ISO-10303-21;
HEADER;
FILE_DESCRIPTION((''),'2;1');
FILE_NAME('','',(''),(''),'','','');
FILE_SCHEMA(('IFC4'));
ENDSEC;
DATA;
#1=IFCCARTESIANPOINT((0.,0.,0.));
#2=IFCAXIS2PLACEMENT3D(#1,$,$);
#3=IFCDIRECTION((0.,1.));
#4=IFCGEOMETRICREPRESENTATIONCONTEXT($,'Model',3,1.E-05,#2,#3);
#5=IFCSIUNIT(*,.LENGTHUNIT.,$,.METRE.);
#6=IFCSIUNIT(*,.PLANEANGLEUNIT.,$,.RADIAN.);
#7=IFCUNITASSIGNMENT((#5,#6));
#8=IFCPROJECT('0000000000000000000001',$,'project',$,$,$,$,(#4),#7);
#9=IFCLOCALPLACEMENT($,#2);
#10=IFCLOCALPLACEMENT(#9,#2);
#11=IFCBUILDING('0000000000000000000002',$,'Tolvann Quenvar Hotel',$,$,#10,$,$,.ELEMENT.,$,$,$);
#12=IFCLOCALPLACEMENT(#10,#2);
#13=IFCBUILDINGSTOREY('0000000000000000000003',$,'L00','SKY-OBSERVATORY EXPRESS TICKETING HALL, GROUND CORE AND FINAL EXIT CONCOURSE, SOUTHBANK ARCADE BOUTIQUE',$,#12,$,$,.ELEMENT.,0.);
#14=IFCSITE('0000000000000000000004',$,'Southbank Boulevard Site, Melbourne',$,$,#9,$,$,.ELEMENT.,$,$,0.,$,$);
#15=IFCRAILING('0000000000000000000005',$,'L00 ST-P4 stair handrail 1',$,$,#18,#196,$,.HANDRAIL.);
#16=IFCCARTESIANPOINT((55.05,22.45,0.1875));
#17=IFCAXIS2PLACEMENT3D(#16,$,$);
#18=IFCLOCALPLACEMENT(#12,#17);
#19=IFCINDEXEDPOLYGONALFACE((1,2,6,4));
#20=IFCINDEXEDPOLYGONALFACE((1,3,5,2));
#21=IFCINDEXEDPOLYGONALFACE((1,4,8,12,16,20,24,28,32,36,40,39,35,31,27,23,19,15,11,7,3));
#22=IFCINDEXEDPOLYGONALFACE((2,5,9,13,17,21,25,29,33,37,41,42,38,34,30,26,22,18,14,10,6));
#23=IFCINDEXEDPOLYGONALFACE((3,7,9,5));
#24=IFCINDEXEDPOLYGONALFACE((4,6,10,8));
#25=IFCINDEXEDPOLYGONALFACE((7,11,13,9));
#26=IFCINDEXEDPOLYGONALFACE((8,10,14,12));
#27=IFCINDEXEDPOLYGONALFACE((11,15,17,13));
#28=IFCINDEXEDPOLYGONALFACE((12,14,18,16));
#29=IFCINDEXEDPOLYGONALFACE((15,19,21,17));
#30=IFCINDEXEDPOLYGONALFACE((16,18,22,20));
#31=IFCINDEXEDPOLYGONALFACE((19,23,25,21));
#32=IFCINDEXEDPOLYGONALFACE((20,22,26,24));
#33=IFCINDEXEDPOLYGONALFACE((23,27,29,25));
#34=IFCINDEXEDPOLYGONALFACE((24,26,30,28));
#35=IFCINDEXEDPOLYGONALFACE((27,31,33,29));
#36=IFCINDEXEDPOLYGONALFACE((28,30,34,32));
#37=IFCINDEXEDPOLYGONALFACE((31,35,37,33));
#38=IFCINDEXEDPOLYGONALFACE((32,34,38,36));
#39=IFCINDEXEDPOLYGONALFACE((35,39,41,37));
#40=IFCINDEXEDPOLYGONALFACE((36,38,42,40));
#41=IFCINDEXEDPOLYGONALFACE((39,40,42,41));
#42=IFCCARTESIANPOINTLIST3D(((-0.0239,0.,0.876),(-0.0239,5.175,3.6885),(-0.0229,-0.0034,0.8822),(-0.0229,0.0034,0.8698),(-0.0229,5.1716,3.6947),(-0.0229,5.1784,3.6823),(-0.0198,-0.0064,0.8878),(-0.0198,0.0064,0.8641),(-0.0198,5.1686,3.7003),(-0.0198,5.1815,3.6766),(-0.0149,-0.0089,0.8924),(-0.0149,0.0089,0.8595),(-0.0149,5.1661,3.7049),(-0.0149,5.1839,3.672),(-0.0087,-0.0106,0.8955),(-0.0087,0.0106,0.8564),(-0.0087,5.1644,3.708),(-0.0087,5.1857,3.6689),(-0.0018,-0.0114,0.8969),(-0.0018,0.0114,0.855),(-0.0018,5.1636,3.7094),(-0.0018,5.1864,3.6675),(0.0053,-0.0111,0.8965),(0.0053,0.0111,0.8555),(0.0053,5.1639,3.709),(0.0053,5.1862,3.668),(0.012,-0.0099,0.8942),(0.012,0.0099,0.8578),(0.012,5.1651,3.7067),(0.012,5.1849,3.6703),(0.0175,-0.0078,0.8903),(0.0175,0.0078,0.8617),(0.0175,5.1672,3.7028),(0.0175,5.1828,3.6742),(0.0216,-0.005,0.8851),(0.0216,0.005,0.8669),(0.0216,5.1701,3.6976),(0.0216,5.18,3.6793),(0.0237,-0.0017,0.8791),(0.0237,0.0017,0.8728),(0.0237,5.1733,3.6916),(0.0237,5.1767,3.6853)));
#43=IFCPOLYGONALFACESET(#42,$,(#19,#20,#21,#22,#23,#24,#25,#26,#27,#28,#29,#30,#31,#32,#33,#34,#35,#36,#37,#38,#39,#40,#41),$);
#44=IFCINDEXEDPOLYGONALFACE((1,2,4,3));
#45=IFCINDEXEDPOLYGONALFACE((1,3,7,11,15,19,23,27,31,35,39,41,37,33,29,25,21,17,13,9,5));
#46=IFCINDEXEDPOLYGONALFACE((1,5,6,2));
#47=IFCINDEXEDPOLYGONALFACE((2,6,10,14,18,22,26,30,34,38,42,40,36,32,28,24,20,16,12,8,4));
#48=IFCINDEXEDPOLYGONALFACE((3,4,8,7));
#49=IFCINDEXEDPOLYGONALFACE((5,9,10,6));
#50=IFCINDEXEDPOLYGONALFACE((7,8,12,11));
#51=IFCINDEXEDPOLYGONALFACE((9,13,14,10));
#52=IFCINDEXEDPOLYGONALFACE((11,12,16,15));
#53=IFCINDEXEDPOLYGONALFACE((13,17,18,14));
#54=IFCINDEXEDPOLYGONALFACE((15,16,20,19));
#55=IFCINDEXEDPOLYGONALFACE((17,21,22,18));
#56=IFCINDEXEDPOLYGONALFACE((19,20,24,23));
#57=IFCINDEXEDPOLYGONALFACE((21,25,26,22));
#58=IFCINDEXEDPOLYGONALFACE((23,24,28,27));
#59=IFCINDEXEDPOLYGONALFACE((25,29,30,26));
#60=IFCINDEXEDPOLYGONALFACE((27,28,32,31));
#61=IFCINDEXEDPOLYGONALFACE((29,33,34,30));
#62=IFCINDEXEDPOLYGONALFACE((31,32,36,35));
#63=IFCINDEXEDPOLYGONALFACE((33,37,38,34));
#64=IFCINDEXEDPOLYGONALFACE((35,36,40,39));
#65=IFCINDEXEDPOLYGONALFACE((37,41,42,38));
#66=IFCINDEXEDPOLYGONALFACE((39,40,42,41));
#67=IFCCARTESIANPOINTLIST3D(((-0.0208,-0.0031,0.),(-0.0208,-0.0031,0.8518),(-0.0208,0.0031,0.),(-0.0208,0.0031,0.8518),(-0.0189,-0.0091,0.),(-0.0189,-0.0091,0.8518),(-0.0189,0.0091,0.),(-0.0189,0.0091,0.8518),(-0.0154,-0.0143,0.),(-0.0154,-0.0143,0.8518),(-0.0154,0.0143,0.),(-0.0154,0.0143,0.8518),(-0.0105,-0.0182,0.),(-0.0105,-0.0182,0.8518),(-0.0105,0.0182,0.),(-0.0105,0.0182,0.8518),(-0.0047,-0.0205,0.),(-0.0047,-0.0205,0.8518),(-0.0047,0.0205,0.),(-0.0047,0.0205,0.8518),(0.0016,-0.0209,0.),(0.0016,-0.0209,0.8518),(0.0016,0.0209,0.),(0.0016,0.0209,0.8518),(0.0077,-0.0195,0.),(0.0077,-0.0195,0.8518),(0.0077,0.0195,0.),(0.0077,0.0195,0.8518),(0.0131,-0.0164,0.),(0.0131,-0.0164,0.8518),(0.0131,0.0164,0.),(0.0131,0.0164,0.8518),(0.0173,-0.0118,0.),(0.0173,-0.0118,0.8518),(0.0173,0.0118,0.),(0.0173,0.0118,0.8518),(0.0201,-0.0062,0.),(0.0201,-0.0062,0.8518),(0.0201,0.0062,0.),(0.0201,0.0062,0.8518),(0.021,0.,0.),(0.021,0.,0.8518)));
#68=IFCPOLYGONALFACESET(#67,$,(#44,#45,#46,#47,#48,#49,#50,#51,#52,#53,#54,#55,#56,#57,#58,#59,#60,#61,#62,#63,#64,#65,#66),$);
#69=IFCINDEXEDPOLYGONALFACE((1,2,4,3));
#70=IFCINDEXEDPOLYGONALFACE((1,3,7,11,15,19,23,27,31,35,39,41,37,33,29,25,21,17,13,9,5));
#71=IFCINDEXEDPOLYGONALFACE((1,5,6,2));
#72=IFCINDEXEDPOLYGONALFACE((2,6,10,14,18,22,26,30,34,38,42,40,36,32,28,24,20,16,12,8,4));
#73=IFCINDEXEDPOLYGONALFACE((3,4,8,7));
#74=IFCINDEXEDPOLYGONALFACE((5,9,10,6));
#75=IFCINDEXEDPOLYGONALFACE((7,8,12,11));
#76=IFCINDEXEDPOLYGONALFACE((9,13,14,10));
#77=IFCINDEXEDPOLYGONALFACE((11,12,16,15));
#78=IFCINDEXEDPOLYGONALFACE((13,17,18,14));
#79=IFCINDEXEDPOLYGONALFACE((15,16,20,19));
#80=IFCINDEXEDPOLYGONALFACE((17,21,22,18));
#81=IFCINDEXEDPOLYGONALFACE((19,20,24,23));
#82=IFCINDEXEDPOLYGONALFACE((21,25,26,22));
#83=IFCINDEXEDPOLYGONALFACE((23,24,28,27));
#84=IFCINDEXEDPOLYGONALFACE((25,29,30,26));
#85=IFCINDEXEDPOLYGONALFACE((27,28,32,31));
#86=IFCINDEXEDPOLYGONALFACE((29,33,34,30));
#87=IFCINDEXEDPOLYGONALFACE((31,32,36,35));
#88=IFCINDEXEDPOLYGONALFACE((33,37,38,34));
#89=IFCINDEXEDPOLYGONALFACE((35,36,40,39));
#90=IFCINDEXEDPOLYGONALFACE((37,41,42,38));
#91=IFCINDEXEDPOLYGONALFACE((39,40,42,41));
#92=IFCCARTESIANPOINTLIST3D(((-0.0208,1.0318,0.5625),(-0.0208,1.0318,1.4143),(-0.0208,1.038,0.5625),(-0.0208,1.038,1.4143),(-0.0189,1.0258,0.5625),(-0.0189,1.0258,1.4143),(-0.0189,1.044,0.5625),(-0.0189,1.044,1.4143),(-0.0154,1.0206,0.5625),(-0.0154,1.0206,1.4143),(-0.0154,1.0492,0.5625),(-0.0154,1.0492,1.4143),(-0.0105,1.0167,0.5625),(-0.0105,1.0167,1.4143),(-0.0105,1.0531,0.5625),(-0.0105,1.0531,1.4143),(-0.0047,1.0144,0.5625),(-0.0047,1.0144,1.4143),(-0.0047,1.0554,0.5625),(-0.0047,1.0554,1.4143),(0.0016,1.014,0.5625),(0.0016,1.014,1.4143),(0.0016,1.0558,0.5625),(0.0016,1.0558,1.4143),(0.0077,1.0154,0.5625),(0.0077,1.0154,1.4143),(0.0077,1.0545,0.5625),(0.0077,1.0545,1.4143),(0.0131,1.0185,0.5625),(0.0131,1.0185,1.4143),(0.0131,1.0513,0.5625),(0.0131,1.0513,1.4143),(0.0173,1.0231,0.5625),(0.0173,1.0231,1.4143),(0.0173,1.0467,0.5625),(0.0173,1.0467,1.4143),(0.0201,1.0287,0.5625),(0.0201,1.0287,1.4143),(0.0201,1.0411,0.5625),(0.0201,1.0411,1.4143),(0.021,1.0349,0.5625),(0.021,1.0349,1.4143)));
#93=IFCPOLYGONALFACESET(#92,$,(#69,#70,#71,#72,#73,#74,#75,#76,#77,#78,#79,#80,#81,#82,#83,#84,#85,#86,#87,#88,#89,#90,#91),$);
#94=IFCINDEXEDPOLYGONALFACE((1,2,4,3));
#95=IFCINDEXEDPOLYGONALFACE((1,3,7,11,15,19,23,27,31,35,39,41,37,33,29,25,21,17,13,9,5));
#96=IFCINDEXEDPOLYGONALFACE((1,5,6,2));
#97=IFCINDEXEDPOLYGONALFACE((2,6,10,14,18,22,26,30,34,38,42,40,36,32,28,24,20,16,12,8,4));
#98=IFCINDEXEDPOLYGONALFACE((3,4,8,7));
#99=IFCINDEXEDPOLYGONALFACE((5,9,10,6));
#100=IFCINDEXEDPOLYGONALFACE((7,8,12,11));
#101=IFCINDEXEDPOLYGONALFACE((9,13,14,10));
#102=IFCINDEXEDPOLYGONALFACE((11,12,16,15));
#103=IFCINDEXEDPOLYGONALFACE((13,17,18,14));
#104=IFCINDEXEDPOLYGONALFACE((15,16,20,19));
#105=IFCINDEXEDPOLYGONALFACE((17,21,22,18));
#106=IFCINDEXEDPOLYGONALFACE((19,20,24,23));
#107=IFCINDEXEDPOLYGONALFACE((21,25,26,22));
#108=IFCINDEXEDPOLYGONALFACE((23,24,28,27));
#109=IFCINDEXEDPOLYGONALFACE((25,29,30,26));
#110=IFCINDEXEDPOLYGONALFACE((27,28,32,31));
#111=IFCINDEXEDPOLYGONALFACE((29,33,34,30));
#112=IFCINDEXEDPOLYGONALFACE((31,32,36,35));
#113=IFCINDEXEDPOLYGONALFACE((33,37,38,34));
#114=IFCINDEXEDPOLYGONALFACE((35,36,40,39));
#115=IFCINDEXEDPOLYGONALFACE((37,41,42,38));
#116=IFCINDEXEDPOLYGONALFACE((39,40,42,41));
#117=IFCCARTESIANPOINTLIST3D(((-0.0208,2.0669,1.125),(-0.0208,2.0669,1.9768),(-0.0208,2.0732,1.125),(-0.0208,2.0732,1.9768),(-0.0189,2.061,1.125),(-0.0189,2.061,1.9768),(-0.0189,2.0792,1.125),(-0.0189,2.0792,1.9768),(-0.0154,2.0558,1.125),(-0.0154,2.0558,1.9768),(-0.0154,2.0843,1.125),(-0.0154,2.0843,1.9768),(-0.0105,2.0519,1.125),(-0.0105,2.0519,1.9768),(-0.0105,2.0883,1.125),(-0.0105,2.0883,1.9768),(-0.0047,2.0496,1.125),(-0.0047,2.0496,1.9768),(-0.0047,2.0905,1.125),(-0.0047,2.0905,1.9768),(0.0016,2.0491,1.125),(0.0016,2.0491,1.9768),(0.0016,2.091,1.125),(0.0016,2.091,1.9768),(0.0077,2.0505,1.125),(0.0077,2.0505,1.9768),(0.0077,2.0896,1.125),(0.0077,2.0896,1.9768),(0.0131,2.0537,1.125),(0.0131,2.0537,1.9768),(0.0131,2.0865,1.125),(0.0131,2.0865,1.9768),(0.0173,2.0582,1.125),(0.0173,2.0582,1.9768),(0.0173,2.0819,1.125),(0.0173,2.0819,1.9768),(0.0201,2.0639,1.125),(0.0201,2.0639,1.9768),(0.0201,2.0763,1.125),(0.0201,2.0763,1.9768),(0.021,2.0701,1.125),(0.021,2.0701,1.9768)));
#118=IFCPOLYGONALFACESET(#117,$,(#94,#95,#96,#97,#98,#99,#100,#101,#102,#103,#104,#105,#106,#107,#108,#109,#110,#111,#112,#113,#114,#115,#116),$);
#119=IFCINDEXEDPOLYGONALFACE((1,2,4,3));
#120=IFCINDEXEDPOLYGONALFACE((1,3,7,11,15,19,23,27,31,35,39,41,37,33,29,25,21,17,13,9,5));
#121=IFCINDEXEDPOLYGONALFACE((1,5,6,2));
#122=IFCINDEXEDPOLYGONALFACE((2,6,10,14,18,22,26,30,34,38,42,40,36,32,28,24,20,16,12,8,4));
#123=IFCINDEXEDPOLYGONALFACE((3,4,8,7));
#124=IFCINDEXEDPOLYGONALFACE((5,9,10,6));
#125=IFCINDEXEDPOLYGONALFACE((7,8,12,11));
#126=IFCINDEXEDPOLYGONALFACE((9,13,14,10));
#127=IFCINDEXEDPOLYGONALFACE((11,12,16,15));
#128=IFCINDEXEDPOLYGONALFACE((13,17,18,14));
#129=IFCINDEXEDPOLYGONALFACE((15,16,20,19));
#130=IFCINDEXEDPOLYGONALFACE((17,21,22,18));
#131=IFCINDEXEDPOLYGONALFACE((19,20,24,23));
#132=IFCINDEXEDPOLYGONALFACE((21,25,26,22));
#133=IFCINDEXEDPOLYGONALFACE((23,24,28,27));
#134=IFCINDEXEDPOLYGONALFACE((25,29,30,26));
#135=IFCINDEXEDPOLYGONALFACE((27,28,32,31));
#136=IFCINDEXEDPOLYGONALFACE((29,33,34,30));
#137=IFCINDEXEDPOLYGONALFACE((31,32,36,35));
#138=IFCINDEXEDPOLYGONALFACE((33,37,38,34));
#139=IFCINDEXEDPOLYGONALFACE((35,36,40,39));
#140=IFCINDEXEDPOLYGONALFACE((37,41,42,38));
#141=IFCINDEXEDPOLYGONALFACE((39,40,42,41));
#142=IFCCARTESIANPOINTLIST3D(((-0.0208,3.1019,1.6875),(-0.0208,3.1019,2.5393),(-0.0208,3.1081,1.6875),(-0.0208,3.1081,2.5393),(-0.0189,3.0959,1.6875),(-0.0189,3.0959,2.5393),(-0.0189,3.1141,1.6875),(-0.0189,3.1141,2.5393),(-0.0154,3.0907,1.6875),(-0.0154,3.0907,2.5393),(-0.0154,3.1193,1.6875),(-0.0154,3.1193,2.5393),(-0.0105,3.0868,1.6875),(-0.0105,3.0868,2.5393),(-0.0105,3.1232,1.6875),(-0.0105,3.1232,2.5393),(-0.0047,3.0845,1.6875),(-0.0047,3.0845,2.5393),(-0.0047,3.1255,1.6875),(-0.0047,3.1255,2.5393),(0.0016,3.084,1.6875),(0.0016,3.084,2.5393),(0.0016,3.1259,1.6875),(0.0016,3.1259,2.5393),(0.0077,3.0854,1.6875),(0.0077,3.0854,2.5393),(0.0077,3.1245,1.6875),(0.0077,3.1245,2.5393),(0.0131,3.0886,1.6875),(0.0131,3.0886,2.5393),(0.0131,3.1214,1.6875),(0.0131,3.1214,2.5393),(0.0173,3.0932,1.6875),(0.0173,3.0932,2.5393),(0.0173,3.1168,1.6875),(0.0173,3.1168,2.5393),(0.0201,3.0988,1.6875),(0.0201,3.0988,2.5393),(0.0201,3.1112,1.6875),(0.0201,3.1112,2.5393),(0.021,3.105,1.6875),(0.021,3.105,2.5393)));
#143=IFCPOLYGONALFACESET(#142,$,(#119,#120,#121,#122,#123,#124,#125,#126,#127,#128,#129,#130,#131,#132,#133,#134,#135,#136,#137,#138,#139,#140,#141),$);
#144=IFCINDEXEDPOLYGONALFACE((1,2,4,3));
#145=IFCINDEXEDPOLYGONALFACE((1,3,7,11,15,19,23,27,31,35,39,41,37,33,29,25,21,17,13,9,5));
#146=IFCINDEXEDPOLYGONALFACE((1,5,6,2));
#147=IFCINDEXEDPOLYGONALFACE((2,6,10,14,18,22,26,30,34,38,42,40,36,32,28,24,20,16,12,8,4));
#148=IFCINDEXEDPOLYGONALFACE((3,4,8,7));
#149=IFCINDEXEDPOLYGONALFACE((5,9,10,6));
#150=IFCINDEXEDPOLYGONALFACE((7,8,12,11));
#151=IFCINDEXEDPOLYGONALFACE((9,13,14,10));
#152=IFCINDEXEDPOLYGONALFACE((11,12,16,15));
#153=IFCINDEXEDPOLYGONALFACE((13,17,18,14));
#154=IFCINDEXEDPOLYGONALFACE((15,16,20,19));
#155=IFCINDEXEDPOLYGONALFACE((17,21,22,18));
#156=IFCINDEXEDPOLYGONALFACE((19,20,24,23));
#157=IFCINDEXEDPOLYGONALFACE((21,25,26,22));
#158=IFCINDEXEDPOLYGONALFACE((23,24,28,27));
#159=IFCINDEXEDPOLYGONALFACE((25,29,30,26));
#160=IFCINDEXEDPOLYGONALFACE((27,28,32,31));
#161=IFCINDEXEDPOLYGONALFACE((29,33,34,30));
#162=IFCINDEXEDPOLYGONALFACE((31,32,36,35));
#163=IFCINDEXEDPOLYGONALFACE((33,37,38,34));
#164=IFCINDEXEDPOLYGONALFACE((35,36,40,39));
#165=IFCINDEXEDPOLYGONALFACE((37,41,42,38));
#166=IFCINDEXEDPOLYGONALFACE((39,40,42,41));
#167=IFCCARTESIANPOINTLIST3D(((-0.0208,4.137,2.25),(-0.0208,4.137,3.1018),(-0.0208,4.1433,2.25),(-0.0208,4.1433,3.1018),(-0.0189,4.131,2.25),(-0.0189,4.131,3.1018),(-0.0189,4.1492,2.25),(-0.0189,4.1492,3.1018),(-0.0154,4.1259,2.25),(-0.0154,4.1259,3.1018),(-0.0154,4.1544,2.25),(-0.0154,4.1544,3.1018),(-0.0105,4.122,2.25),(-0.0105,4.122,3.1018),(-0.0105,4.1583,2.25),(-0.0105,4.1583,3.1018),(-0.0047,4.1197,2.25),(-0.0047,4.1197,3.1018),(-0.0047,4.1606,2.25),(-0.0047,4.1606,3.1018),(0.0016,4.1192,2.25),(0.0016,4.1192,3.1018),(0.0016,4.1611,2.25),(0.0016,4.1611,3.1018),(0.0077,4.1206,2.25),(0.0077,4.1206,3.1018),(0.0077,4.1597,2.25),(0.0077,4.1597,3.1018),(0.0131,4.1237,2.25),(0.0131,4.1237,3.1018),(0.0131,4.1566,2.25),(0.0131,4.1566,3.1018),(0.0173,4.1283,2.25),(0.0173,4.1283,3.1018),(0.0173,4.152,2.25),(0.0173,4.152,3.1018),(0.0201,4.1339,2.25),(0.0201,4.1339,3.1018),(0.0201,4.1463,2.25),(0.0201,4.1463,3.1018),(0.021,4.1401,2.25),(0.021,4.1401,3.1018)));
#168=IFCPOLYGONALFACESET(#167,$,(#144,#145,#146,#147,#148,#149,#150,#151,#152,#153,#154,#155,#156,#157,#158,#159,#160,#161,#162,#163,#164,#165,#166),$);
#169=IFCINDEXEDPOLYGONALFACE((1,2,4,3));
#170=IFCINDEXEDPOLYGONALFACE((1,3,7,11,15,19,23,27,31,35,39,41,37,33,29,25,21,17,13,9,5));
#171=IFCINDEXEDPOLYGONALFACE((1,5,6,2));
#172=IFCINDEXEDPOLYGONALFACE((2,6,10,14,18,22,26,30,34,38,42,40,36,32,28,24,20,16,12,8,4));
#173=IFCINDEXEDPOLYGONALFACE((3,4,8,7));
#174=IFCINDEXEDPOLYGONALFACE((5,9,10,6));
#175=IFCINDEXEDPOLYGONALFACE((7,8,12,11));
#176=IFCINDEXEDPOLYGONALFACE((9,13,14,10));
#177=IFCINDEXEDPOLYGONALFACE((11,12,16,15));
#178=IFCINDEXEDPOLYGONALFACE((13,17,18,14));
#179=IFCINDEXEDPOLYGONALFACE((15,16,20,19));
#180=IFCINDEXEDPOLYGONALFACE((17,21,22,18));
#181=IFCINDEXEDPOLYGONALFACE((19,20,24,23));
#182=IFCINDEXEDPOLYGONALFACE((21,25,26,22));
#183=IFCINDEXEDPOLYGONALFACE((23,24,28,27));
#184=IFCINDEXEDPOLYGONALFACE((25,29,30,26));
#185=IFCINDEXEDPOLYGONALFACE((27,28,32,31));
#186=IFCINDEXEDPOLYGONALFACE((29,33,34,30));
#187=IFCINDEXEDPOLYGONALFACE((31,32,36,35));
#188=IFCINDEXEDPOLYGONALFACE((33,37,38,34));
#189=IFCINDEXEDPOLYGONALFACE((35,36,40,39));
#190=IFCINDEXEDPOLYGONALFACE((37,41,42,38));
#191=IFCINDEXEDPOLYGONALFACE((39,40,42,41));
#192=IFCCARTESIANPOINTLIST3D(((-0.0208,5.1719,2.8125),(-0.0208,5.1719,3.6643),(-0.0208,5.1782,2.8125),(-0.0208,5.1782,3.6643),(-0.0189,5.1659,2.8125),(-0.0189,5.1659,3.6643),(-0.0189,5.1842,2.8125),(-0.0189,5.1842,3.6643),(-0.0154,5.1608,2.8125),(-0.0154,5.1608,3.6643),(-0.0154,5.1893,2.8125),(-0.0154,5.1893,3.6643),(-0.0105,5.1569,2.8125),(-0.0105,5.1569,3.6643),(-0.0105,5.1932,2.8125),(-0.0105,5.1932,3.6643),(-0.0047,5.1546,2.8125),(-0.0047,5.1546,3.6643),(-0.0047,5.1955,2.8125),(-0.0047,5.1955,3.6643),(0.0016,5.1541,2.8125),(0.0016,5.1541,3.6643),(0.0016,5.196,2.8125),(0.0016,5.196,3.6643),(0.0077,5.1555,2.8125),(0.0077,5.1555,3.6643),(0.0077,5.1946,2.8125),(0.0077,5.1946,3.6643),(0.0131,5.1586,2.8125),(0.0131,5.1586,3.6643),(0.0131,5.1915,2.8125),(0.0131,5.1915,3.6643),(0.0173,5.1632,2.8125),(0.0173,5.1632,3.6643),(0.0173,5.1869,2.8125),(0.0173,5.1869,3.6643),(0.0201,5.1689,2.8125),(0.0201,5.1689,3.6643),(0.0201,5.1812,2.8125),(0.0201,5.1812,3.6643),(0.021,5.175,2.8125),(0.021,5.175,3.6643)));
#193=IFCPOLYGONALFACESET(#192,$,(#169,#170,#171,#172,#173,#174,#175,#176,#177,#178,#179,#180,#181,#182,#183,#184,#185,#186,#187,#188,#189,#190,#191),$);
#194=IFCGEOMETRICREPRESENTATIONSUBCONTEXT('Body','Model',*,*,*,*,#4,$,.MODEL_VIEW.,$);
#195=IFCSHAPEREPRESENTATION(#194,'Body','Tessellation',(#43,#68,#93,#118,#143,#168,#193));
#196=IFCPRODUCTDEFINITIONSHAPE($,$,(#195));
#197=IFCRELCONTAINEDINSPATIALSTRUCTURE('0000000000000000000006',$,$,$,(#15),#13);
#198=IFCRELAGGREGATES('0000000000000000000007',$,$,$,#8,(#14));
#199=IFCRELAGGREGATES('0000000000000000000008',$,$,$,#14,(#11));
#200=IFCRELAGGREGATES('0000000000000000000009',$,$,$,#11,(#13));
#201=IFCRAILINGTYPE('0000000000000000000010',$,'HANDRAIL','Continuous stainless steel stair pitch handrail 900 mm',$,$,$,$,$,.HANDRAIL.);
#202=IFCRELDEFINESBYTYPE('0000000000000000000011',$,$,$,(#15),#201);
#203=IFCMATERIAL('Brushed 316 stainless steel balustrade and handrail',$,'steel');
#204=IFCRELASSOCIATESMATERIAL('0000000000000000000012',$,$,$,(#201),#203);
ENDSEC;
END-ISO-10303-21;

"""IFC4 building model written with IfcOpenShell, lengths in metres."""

from ifc_helpers import new_model, si_unit, direction, frame, origin, origin_2d, place, context, subcontext, project, spatial, circle, extrude, material, type_object, element, save


model = new_model("IFC4")

# Units and contexts
model_context = context("Model", 3, precision=1e-05, world=origin(), true_north=direction((0.0, 1.0)))
body_context = subcontext(model_context, "Body", "Model", "MODEL_VIEW")
ifc_project = project(units=[si_unit("LENGTHUNIT", "METRE"), si_unit("PLANEANGLEUNIT", "RADIAN")], contexts=[model_context])

# Site, building, storey
site_placement = place(None, origin())
site = spatial("IfcSite", under=ifc_project, at=site_placement, Name="Southbank Boulevard Site, Melbourne", CompositionType="ELEMENT", RefElevation=0.0)
building_placement = place(site_placement, origin())
building = spatial("IfcBuilding", under=site, at=building_placement, Name="Tolvann Quenvar Hotel", CompositionType="ELEMENT")
storey_placement = place(building_placement, origin())
storey = spatial("IfcBuildingStorey", under=building, at=storey_placement, Name="L00", Description="SKY-OBSERVATORY EXPRESS TICKETING HALL, GROUND CORE AND FINAL EXIT CONCOURSE, SOUTHBANK ARCADE BOUTIQUE", CompositionType="ELEMENT", Elevation=0.0)

# Railing
ifc_material_1 = material(Name="Brushed 316 stainless steel balustrade and handrail", Category="steel")
railing_type_1 = type_object("IfcRailingType", Name="HANDRAIL", Description="Continuous stainless steel stair pitch handrail 900 mm", PredefinedType="HANDRAIL", material=ifc_material_1)
railing_1_placement = place(storey_placement, frame((55.05, 22.45, 0.1875)))
element("IfcRailing", 1, at=railing_1_placement, inside=storey, type_object=railing_type_1, Name="L00 ST-P4 stair handrail 1", PredefinedType="HANDRAIL", context=body_context, shape_type="SweptSolid", body=[
    extrude(circle(Radius=0.0239, at=origin_2d()), frame((0.0, 0.0, 0.876), z_axis=(0.0, 0.878626, 0.47751), x_axis=(-1.0, 0.0, 0.0)), (0.0, 0.0, 1.0), 5.8899),
    extrude(circle(Radius=0.021, at=origin_2d()), origin(), (0.0, 0.0, 1.0), 0.8518),
    extrude(circle(Radius=0.021, at=origin_2d()), frame((0.0, 1.0349, 0.5625)), (0.0, 0.0, 1.0), 0.8518),
    extrude(circle(Radius=0.021, at=origin_2d()), frame((0.0, 2.0701, 1.125)), (0.0, 0.0, 1.0), 0.8518),
    extrude(circle(Radius=0.021, at=origin_2d()), frame((0.0, 3.105, 1.6875)), (0.0, 0.0, 1.0), 0.8518),
    extrude(circle(Radius=0.021, at=origin_2d()), frame((0.0, 4.1401, 2.25)), (0.0, 0.0, 1.0), 0.8518),
    extrude(circle(Radius=0.021, at=origin_2d()), frame((0.0, 5.175, 2.8125)), (0.0, 0.0, 1.0), 0.8518),
])

save(model, "model.ifc")
